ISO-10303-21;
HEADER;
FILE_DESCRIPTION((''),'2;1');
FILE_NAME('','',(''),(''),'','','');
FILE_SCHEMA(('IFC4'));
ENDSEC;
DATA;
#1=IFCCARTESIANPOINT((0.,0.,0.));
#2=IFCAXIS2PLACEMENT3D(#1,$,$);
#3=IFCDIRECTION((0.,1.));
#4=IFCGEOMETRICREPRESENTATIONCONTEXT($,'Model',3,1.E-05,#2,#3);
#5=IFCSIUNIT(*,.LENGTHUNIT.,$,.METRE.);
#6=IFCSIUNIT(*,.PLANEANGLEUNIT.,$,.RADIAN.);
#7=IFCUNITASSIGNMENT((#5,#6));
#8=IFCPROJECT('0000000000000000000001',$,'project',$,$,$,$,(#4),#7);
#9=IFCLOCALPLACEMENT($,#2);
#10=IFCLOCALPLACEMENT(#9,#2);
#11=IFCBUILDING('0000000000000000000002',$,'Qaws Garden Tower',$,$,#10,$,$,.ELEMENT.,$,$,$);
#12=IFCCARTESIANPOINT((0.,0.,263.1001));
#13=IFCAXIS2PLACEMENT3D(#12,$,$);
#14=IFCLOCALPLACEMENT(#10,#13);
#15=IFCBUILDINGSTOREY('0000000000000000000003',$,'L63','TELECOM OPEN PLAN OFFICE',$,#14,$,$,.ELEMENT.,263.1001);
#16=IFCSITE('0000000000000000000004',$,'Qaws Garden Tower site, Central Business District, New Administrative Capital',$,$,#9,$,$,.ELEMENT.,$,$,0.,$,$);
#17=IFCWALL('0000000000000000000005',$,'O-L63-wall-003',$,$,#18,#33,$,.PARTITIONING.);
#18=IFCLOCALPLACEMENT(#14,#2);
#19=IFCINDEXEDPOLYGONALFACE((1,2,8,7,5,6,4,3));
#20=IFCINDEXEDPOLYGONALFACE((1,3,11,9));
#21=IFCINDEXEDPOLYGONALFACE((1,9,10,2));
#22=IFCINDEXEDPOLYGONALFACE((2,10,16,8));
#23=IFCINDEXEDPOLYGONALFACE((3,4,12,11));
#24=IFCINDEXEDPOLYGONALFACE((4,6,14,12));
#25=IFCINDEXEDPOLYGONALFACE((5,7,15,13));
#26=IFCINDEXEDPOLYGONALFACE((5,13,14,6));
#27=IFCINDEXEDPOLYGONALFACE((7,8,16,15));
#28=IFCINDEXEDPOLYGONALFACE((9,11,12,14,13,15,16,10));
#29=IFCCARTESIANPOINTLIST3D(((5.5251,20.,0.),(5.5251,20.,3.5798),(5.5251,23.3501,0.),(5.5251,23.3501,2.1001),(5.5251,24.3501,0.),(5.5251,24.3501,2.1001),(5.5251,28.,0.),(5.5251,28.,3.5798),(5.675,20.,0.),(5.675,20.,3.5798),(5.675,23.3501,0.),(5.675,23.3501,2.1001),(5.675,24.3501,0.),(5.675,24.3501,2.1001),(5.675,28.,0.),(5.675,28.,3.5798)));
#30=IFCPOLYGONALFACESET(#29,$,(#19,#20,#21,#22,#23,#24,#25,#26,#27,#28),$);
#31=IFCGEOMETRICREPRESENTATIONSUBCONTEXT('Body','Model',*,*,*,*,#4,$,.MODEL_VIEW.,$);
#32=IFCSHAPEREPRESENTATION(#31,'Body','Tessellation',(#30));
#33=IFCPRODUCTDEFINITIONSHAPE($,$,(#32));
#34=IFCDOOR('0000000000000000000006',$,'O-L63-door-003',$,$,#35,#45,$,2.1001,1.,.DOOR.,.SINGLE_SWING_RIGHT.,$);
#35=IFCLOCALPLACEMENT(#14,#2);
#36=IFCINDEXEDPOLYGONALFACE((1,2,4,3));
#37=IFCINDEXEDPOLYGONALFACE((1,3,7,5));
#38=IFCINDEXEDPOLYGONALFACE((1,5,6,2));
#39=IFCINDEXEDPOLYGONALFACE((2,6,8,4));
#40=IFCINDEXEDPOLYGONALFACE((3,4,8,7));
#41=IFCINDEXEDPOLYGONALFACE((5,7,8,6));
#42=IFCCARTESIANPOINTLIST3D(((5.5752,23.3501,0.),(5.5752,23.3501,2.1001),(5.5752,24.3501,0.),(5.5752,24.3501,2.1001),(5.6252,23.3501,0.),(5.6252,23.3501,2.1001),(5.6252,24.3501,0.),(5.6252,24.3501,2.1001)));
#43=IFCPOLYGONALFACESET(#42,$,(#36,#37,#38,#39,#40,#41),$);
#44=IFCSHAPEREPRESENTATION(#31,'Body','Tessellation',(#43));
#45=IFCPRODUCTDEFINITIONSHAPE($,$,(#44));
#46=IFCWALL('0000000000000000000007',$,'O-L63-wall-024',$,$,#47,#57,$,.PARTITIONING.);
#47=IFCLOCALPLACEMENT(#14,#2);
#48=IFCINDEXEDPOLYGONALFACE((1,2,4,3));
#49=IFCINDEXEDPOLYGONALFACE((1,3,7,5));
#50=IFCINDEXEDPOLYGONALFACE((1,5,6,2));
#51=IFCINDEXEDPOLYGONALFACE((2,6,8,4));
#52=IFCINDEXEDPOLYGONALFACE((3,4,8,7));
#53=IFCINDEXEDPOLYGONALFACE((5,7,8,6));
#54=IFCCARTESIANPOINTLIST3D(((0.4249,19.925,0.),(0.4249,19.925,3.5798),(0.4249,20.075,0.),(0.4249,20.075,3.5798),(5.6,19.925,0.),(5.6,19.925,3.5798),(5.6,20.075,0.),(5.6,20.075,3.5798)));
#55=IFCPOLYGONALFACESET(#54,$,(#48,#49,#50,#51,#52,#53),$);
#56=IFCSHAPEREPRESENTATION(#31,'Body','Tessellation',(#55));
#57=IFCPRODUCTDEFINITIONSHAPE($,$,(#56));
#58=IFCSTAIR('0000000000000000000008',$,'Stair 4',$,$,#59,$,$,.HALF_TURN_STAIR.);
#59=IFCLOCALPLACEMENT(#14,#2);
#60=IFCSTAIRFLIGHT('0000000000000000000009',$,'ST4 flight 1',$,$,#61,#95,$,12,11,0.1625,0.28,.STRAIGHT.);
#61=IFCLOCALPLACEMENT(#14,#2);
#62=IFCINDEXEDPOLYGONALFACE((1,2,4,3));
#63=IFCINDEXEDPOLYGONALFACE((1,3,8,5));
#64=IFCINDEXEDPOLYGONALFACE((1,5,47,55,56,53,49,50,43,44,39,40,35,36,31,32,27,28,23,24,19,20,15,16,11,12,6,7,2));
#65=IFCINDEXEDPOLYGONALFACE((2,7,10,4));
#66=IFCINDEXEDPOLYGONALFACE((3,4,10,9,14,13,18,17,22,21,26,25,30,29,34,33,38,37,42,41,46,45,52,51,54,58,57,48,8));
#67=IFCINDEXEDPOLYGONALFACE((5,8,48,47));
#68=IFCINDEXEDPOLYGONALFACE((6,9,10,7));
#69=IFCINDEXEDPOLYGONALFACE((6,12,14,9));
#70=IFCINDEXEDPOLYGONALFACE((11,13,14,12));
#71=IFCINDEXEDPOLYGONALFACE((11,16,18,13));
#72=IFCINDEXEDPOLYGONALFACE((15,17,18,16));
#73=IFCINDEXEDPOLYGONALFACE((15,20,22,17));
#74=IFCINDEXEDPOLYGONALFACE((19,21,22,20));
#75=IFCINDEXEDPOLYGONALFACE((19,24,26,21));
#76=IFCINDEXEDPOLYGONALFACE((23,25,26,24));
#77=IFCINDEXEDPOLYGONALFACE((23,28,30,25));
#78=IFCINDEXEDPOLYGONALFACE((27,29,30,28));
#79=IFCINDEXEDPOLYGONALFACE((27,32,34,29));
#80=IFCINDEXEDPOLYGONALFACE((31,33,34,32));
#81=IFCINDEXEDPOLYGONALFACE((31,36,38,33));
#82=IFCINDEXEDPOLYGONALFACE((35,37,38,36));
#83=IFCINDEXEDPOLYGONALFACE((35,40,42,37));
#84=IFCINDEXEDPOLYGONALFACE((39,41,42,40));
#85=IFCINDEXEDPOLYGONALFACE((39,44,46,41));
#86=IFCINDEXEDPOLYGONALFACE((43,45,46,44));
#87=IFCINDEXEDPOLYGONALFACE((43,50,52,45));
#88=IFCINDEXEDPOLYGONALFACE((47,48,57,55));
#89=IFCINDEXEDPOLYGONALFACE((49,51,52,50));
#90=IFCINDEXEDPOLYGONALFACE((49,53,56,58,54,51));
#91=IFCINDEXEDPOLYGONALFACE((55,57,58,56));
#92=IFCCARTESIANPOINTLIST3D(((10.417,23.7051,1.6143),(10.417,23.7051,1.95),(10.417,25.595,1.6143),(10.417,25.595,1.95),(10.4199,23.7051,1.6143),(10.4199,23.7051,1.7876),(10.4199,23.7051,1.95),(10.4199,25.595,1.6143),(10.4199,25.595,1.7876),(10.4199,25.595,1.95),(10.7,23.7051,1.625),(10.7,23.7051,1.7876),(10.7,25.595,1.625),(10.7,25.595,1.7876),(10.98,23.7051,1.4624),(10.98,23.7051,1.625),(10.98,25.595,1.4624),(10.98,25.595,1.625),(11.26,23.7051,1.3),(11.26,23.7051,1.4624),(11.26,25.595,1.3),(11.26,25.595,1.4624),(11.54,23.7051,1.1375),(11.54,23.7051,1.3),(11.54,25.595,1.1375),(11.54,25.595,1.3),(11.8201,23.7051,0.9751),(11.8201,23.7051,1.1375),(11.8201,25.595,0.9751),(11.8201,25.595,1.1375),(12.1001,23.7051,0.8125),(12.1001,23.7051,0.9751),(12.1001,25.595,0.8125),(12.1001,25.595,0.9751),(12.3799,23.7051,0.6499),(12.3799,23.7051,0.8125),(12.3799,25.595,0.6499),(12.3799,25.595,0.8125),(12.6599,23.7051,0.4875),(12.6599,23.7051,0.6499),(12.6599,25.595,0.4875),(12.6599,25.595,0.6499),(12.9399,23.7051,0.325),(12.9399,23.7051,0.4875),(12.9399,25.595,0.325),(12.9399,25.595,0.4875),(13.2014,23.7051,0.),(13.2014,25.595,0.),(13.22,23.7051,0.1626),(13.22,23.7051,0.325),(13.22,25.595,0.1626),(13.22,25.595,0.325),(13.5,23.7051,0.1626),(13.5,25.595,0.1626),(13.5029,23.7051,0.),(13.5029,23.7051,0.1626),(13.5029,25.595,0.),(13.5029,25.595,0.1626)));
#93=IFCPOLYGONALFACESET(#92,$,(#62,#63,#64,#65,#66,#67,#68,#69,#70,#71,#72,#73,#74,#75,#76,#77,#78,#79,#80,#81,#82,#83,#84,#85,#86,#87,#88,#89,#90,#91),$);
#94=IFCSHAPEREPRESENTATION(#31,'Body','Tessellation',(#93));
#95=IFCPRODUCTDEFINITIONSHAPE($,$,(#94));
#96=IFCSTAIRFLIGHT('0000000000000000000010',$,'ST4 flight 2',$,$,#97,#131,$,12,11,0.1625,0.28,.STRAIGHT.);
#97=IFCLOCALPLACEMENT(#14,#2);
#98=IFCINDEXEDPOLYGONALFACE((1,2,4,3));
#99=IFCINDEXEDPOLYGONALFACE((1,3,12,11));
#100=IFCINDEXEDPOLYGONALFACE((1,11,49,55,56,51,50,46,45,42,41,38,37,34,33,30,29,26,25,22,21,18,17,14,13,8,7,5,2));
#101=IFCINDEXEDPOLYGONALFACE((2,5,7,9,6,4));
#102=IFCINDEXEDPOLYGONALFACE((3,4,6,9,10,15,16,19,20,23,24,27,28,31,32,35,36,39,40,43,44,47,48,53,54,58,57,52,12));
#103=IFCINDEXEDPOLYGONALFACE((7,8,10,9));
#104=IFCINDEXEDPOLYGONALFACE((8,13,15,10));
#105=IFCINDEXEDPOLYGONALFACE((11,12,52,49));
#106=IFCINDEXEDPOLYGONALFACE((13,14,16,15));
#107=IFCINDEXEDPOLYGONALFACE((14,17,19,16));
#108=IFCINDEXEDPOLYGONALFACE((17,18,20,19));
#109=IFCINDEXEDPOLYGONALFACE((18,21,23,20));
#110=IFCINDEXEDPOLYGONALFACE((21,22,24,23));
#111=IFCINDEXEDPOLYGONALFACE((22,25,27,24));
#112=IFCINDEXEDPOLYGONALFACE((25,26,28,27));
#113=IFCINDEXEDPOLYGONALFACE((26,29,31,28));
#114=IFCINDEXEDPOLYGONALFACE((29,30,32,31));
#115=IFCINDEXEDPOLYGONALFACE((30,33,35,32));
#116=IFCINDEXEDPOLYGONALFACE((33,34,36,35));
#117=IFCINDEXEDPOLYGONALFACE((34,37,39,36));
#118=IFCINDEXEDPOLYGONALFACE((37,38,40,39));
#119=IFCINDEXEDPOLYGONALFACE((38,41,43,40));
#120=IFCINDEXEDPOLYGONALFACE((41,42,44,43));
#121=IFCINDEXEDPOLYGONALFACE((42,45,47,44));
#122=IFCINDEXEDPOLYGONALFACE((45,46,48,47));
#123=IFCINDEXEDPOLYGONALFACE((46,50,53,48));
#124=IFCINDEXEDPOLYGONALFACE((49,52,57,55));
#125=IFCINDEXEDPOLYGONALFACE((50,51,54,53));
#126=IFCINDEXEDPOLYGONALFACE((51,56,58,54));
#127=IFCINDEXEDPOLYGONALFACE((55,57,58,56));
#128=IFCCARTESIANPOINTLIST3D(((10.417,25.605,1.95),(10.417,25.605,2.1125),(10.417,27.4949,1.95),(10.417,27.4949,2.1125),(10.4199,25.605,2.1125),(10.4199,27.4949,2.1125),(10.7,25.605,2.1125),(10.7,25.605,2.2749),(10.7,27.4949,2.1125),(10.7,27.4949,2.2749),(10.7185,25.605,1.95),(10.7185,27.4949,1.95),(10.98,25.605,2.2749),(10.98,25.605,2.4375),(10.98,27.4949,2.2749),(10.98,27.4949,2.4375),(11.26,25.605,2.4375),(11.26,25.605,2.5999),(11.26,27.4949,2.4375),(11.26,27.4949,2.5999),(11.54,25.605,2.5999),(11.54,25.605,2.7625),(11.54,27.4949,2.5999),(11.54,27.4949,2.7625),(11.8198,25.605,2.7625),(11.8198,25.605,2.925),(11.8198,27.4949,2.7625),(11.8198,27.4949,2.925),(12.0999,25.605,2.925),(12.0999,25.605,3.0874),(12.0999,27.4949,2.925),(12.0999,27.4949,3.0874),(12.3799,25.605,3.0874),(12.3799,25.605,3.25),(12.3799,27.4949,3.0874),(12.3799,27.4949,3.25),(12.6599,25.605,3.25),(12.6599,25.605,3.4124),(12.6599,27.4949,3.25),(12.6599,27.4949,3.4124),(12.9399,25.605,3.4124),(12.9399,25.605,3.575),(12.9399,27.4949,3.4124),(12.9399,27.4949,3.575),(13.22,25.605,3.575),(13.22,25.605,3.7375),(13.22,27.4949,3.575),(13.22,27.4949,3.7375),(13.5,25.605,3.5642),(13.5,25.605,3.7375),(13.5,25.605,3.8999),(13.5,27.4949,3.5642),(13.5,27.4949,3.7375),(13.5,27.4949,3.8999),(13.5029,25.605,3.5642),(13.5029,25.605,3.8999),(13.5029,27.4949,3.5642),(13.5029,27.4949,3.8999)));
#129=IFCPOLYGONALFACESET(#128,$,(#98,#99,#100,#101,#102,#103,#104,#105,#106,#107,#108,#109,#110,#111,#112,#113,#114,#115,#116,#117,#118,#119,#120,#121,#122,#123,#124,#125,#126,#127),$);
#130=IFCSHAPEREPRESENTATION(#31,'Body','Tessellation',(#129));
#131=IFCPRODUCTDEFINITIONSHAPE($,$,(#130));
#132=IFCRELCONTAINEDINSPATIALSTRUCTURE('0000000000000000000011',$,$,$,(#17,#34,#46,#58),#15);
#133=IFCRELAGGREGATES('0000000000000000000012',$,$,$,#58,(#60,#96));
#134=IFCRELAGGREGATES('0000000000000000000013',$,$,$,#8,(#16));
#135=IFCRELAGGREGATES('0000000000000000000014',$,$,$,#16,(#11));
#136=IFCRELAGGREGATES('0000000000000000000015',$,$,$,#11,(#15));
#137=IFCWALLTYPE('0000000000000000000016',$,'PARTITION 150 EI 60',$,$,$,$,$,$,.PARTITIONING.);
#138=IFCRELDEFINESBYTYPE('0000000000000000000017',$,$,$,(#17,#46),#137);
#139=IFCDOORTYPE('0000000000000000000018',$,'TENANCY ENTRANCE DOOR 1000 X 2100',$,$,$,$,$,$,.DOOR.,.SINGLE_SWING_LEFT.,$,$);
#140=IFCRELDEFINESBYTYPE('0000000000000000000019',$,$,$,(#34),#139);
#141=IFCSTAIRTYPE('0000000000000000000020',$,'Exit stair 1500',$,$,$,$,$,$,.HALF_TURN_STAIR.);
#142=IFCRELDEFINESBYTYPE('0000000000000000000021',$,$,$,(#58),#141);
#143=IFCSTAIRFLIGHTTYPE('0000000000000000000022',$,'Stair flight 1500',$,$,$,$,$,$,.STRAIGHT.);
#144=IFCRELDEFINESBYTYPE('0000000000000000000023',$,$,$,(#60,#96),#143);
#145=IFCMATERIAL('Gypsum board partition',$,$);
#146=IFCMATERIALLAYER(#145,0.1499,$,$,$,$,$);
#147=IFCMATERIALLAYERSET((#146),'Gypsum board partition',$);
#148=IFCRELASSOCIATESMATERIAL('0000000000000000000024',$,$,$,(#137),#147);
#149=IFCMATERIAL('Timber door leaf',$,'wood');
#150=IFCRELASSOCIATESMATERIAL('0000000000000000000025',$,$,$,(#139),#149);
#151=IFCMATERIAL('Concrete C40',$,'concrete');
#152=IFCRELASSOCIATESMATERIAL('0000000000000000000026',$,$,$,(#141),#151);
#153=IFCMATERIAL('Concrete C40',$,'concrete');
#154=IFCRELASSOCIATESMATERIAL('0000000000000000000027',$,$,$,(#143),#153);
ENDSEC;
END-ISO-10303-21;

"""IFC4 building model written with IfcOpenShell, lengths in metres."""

from ifc_helpers import new_model, si_unit, direction, frame, frame_2d, origin, place, context, subcontext, project, spatial, polyline, rectangle, outline, extrude, material, layer, layer_set, type_object, element, fill, aggregate, save


model = new_model("IFC4")

# Units and contexts
model_context = context("Model", 3, precision=1e-05, world=origin(), true_north=direction((0.0, 1.0)))
body_context = subcontext(model_context, "Body", "Model", "MODEL_VIEW")
ifc_project = project(units=[si_unit("LENGTHUNIT", "METRE"), si_unit("PLANEANGLEUNIT", "RADIAN")], contexts=[model_context])

# Site, building, storey
site_placement = place(None, origin())
site = spatial("IfcSite", under=ifc_project, at=site_placement, Name="Qaws Garden Tower site, Central Business District, New Administrative Capital", CompositionType="ELEMENT", RefElevation=0.0)
building_placement = place(site_placement, origin())
building = spatial("IfcBuilding", under=site, at=building_placement, Name="Qaws Garden Tower", CompositionType="ELEMENT")
storey_placement = place(building_placement, frame((0.0, 0.0, 263.1001)))
storey = spatial("IfcBuildingStorey", under=building, at=storey_placement, Name="L63", Description="TELECOM OPEN PLAN OFFICE", CompositionType="ELEMENT", Elevation=263.1001)

# Wall, opening, door
ifc_material_1 = material(Name="Gypsum board partition")
ifc_layer_1 = layer(ifc_material_1, 0.1499)
ifc_layer_set_1 = layer_set([ifc_layer_1], Name="Gypsum board partition")
wall_type_1 = type_object("IfcWallType", Name="PARTITION 150 EI 60", PredefinedType="PARTITIONING", material=ifc_layer_set_1)
wall_1_placement = place(storey_placement, frame((5.6001, 20.0, 0.0), z_axis=(0.0, 0.0, 1.0), x_axis=(0.0, 1.0, 0.0)))
wall_1 = element("IfcWall", 1, at=wall_1_placement, inside=storey, type_object=wall_type_1, Name="O-L63-wall-003", PredefinedType="PARTITIONING", context=body_context, shape_type="SweptSolid", body=[
    extrude(rectangle(XDim=8.0, YDim=0.1499, at=frame_2d((4.0, 0.0))), origin(), (0.0, 0.0, 1.0), 3.5798),
])
opening_1_placement = place(wall_1_placement, frame((3.3501, 0.0, 0.0)))
opening_1 = element("IfcOpeningElement", 2, at=opening_1_placement, cuts=wall_1, PredefinedType="OPENING", context=body_context, shape_type="SweptSolid", body=[
    extrude(rectangle(XDim=1.0, YDim=2.1001, at=frame_2d((0.5, 1.05))), frame((0.0, 0.085, 0.0), z_axis=(0.0, -1.0, 0.0), x_axis=(1.0, 0.0, 0.0)), (0.0, 0.0, 1.0), 0.1699),
])
ifc_material_2 = material(Name="Timber door leaf", Category="wood")
door_type_1 = type_object("IfcDoorType", Name="TENANCY ENTRANCE DOOR 1000 X 2100", OperationType="SINGLE_SWING_LEFT", PredefinedType="DOOR", material=ifc_material_2)
door_1_placement = place(opening_1_placement, origin())
door_1 = element("IfcDoor", 3, at=door_1_placement, inside=storey, type_object=door_type_1, Name="O-L63-door-003", OperationType="SINGLE_SWING_RIGHT", OverallHeight=2.1001, OverallWidth=1.0, PredefinedType="DOOR", context=body_context, shape_type="SweptSolid", body=[
    extrude(rectangle(XDim=1.0, YDim=2.1001, at=frame_2d((0.5, 1.05))), frame((0.0, 0.0249, 0.0), z_axis=(0.0, -1.0, 0.0), x_axis=(1.0, 0.0, 0.0)), (0.0, 0.0, 1.0), 0.05),
])
fill(opening_1, door_1)

# Wall
wall_2_placement = place(storey_placement, frame((0.425, 20.0, 0.0), z_axis=(0.0, 0.0, 1.0), x_axis=(1.0, 0.0, 0.0)))
element("IfcWall", 4, at=wall_2_placement, inside=storey, type_object=wall_type_1, Name="O-L63-wall-024", PredefinedType="PARTITIONING", context=body_context, shape_type="SweptSolid", body=[
    extrude(rectangle(XDim=5.175, YDim=0.1499, at=frame_2d((2.5874, 0.0))), origin(), (0.0, 0.0, 1.0), 3.5798),
])

# Stair, stair flights
ifc_material_3 = material(Name="Concrete C40", Category="concrete")
stair_type = type_object("IfcStairType", Name="Exit stair 1500", PredefinedType="HALF_TURN_STAIR", material=ifc_material_3)
stair_placement = place(storey_placement, origin())
stair = element("IfcStair", 5, at=stair_placement, inside=storey, type_object=stair_type, Name="Stair 4", PredefinedType="HALF_TURN_STAIR")
ifc_material_4 = material(Name="Concrete C40", Category="concrete")
stair_flight_type = type_object("IfcStairFlightType", Name="Stair flight 1500", PredefinedType="STRAIGHT", material=ifc_material_4)
stair_flight_1_placement = place(storey_placement, frame((13.5, 24.6499, 0.0), z_axis=(0.0, 0.0, 1.0), x_axis=(-1.0, 0.0, 0.0)))
stair_flight_1 = element("IfcStairFlight", 6, at=stair_flight_1_placement, type_object=stair_flight_type, Name="ST4 flight 1", NumberOfRisers=12, NumberOfTreads=11, PredefinedType="STRAIGHT", RiserHeight=0.1625, TreadLength=0.28, context=body_context, shape_type="SweptSolid", body=[
    extrude(outline(polyline([(-0.0029, 0.0), (-0.0029, 0.1626), (0.0, 0.1626), (0.28, 0.1626), (0.28, 0.325), (0.5601, 0.325), (0.5601, 0.4875), (0.8401, 0.4875), (0.8401, 0.6499), (1.1201, 0.6499), (1.1201, 0.8125), (1.3999, 0.8125), (1.3999, 0.9751), (1.6799, 0.9751), (1.6799, 1.1375), (1.96, 1.1375), (1.96, 1.3), (2.24, 1.3), (2.24, 1.4624), (2.52, 1.4624), (2.52, 1.625), (2.8, 1.625), (2.8, 1.7876), (3.0801, 1.7876), (3.0801, 1.95), (3.083, 1.95), (3.083, 1.6143), (3.0801, 1.6143), (0.2986, 0.0), (-0.0029, 0.0)])), frame((0.0, 0.9448, 0.0), z_axis=(0.0, -1.0, 0.0), x_axis=(1.0, 0.0, 0.0)), (0.0, 0.0, 1.0), 1.8899),
])
stair_flight_2_placement = place(storey_placement, frame((10.4199, 26.55, 1.95), z_axis=(0.0, 0.0, 1.0), x_axis=(1.0, 0.0, 0.0)))
stair_flight_2 = element("IfcStairFlight", 7, at=stair_flight_2_placement, type_object=stair_flight_type, Name="ST4 flight 2", NumberOfRisers=12, NumberOfTreads=11, PredefinedType="STRAIGHT", RiserHeight=0.1625, TreadLength=0.28, context=body_context, shape_type="SweptSolid", body=[
    extrude(outline(polyline([(-0.0029, 0.0), (-0.0029, 0.1626), (0.0, 0.1626), (0.28, 0.1626), (0.28, 0.325), (0.5601, 0.325), (0.5601, 0.4875), (0.8401, 0.4875), (0.8401, 0.6499), (1.1201, 0.6499), (1.1201, 0.8125), (1.3999, 0.8125), (1.3999, 0.9751), (1.6799, 0.9751), (1.6799, 1.1375), (1.96, 1.1375), (1.96, 1.3), (2.24, 1.3), (2.24, 1.4624), (2.52, 1.4624), (2.52, 1.625), (2.8, 1.625), (2.8, 1.7876), (3.0801, 1.7876), (3.0801, 1.95), (3.083, 1.95), (3.083, 1.6143), (3.0801, 1.6143), (0.2986, 0.0), (-0.0029, 0.0)])), frame((0.0, 0.9448, 0.0), z_axis=(0.0, -1.0, 0.0), x_axis=(1.0, 0.0, 0.0)), (0.0, 0.0, 1.0), 1.8899),
])
aggregate(stair, [stair_flight_1, stair_flight_2])

save(model, "model.ifc")
